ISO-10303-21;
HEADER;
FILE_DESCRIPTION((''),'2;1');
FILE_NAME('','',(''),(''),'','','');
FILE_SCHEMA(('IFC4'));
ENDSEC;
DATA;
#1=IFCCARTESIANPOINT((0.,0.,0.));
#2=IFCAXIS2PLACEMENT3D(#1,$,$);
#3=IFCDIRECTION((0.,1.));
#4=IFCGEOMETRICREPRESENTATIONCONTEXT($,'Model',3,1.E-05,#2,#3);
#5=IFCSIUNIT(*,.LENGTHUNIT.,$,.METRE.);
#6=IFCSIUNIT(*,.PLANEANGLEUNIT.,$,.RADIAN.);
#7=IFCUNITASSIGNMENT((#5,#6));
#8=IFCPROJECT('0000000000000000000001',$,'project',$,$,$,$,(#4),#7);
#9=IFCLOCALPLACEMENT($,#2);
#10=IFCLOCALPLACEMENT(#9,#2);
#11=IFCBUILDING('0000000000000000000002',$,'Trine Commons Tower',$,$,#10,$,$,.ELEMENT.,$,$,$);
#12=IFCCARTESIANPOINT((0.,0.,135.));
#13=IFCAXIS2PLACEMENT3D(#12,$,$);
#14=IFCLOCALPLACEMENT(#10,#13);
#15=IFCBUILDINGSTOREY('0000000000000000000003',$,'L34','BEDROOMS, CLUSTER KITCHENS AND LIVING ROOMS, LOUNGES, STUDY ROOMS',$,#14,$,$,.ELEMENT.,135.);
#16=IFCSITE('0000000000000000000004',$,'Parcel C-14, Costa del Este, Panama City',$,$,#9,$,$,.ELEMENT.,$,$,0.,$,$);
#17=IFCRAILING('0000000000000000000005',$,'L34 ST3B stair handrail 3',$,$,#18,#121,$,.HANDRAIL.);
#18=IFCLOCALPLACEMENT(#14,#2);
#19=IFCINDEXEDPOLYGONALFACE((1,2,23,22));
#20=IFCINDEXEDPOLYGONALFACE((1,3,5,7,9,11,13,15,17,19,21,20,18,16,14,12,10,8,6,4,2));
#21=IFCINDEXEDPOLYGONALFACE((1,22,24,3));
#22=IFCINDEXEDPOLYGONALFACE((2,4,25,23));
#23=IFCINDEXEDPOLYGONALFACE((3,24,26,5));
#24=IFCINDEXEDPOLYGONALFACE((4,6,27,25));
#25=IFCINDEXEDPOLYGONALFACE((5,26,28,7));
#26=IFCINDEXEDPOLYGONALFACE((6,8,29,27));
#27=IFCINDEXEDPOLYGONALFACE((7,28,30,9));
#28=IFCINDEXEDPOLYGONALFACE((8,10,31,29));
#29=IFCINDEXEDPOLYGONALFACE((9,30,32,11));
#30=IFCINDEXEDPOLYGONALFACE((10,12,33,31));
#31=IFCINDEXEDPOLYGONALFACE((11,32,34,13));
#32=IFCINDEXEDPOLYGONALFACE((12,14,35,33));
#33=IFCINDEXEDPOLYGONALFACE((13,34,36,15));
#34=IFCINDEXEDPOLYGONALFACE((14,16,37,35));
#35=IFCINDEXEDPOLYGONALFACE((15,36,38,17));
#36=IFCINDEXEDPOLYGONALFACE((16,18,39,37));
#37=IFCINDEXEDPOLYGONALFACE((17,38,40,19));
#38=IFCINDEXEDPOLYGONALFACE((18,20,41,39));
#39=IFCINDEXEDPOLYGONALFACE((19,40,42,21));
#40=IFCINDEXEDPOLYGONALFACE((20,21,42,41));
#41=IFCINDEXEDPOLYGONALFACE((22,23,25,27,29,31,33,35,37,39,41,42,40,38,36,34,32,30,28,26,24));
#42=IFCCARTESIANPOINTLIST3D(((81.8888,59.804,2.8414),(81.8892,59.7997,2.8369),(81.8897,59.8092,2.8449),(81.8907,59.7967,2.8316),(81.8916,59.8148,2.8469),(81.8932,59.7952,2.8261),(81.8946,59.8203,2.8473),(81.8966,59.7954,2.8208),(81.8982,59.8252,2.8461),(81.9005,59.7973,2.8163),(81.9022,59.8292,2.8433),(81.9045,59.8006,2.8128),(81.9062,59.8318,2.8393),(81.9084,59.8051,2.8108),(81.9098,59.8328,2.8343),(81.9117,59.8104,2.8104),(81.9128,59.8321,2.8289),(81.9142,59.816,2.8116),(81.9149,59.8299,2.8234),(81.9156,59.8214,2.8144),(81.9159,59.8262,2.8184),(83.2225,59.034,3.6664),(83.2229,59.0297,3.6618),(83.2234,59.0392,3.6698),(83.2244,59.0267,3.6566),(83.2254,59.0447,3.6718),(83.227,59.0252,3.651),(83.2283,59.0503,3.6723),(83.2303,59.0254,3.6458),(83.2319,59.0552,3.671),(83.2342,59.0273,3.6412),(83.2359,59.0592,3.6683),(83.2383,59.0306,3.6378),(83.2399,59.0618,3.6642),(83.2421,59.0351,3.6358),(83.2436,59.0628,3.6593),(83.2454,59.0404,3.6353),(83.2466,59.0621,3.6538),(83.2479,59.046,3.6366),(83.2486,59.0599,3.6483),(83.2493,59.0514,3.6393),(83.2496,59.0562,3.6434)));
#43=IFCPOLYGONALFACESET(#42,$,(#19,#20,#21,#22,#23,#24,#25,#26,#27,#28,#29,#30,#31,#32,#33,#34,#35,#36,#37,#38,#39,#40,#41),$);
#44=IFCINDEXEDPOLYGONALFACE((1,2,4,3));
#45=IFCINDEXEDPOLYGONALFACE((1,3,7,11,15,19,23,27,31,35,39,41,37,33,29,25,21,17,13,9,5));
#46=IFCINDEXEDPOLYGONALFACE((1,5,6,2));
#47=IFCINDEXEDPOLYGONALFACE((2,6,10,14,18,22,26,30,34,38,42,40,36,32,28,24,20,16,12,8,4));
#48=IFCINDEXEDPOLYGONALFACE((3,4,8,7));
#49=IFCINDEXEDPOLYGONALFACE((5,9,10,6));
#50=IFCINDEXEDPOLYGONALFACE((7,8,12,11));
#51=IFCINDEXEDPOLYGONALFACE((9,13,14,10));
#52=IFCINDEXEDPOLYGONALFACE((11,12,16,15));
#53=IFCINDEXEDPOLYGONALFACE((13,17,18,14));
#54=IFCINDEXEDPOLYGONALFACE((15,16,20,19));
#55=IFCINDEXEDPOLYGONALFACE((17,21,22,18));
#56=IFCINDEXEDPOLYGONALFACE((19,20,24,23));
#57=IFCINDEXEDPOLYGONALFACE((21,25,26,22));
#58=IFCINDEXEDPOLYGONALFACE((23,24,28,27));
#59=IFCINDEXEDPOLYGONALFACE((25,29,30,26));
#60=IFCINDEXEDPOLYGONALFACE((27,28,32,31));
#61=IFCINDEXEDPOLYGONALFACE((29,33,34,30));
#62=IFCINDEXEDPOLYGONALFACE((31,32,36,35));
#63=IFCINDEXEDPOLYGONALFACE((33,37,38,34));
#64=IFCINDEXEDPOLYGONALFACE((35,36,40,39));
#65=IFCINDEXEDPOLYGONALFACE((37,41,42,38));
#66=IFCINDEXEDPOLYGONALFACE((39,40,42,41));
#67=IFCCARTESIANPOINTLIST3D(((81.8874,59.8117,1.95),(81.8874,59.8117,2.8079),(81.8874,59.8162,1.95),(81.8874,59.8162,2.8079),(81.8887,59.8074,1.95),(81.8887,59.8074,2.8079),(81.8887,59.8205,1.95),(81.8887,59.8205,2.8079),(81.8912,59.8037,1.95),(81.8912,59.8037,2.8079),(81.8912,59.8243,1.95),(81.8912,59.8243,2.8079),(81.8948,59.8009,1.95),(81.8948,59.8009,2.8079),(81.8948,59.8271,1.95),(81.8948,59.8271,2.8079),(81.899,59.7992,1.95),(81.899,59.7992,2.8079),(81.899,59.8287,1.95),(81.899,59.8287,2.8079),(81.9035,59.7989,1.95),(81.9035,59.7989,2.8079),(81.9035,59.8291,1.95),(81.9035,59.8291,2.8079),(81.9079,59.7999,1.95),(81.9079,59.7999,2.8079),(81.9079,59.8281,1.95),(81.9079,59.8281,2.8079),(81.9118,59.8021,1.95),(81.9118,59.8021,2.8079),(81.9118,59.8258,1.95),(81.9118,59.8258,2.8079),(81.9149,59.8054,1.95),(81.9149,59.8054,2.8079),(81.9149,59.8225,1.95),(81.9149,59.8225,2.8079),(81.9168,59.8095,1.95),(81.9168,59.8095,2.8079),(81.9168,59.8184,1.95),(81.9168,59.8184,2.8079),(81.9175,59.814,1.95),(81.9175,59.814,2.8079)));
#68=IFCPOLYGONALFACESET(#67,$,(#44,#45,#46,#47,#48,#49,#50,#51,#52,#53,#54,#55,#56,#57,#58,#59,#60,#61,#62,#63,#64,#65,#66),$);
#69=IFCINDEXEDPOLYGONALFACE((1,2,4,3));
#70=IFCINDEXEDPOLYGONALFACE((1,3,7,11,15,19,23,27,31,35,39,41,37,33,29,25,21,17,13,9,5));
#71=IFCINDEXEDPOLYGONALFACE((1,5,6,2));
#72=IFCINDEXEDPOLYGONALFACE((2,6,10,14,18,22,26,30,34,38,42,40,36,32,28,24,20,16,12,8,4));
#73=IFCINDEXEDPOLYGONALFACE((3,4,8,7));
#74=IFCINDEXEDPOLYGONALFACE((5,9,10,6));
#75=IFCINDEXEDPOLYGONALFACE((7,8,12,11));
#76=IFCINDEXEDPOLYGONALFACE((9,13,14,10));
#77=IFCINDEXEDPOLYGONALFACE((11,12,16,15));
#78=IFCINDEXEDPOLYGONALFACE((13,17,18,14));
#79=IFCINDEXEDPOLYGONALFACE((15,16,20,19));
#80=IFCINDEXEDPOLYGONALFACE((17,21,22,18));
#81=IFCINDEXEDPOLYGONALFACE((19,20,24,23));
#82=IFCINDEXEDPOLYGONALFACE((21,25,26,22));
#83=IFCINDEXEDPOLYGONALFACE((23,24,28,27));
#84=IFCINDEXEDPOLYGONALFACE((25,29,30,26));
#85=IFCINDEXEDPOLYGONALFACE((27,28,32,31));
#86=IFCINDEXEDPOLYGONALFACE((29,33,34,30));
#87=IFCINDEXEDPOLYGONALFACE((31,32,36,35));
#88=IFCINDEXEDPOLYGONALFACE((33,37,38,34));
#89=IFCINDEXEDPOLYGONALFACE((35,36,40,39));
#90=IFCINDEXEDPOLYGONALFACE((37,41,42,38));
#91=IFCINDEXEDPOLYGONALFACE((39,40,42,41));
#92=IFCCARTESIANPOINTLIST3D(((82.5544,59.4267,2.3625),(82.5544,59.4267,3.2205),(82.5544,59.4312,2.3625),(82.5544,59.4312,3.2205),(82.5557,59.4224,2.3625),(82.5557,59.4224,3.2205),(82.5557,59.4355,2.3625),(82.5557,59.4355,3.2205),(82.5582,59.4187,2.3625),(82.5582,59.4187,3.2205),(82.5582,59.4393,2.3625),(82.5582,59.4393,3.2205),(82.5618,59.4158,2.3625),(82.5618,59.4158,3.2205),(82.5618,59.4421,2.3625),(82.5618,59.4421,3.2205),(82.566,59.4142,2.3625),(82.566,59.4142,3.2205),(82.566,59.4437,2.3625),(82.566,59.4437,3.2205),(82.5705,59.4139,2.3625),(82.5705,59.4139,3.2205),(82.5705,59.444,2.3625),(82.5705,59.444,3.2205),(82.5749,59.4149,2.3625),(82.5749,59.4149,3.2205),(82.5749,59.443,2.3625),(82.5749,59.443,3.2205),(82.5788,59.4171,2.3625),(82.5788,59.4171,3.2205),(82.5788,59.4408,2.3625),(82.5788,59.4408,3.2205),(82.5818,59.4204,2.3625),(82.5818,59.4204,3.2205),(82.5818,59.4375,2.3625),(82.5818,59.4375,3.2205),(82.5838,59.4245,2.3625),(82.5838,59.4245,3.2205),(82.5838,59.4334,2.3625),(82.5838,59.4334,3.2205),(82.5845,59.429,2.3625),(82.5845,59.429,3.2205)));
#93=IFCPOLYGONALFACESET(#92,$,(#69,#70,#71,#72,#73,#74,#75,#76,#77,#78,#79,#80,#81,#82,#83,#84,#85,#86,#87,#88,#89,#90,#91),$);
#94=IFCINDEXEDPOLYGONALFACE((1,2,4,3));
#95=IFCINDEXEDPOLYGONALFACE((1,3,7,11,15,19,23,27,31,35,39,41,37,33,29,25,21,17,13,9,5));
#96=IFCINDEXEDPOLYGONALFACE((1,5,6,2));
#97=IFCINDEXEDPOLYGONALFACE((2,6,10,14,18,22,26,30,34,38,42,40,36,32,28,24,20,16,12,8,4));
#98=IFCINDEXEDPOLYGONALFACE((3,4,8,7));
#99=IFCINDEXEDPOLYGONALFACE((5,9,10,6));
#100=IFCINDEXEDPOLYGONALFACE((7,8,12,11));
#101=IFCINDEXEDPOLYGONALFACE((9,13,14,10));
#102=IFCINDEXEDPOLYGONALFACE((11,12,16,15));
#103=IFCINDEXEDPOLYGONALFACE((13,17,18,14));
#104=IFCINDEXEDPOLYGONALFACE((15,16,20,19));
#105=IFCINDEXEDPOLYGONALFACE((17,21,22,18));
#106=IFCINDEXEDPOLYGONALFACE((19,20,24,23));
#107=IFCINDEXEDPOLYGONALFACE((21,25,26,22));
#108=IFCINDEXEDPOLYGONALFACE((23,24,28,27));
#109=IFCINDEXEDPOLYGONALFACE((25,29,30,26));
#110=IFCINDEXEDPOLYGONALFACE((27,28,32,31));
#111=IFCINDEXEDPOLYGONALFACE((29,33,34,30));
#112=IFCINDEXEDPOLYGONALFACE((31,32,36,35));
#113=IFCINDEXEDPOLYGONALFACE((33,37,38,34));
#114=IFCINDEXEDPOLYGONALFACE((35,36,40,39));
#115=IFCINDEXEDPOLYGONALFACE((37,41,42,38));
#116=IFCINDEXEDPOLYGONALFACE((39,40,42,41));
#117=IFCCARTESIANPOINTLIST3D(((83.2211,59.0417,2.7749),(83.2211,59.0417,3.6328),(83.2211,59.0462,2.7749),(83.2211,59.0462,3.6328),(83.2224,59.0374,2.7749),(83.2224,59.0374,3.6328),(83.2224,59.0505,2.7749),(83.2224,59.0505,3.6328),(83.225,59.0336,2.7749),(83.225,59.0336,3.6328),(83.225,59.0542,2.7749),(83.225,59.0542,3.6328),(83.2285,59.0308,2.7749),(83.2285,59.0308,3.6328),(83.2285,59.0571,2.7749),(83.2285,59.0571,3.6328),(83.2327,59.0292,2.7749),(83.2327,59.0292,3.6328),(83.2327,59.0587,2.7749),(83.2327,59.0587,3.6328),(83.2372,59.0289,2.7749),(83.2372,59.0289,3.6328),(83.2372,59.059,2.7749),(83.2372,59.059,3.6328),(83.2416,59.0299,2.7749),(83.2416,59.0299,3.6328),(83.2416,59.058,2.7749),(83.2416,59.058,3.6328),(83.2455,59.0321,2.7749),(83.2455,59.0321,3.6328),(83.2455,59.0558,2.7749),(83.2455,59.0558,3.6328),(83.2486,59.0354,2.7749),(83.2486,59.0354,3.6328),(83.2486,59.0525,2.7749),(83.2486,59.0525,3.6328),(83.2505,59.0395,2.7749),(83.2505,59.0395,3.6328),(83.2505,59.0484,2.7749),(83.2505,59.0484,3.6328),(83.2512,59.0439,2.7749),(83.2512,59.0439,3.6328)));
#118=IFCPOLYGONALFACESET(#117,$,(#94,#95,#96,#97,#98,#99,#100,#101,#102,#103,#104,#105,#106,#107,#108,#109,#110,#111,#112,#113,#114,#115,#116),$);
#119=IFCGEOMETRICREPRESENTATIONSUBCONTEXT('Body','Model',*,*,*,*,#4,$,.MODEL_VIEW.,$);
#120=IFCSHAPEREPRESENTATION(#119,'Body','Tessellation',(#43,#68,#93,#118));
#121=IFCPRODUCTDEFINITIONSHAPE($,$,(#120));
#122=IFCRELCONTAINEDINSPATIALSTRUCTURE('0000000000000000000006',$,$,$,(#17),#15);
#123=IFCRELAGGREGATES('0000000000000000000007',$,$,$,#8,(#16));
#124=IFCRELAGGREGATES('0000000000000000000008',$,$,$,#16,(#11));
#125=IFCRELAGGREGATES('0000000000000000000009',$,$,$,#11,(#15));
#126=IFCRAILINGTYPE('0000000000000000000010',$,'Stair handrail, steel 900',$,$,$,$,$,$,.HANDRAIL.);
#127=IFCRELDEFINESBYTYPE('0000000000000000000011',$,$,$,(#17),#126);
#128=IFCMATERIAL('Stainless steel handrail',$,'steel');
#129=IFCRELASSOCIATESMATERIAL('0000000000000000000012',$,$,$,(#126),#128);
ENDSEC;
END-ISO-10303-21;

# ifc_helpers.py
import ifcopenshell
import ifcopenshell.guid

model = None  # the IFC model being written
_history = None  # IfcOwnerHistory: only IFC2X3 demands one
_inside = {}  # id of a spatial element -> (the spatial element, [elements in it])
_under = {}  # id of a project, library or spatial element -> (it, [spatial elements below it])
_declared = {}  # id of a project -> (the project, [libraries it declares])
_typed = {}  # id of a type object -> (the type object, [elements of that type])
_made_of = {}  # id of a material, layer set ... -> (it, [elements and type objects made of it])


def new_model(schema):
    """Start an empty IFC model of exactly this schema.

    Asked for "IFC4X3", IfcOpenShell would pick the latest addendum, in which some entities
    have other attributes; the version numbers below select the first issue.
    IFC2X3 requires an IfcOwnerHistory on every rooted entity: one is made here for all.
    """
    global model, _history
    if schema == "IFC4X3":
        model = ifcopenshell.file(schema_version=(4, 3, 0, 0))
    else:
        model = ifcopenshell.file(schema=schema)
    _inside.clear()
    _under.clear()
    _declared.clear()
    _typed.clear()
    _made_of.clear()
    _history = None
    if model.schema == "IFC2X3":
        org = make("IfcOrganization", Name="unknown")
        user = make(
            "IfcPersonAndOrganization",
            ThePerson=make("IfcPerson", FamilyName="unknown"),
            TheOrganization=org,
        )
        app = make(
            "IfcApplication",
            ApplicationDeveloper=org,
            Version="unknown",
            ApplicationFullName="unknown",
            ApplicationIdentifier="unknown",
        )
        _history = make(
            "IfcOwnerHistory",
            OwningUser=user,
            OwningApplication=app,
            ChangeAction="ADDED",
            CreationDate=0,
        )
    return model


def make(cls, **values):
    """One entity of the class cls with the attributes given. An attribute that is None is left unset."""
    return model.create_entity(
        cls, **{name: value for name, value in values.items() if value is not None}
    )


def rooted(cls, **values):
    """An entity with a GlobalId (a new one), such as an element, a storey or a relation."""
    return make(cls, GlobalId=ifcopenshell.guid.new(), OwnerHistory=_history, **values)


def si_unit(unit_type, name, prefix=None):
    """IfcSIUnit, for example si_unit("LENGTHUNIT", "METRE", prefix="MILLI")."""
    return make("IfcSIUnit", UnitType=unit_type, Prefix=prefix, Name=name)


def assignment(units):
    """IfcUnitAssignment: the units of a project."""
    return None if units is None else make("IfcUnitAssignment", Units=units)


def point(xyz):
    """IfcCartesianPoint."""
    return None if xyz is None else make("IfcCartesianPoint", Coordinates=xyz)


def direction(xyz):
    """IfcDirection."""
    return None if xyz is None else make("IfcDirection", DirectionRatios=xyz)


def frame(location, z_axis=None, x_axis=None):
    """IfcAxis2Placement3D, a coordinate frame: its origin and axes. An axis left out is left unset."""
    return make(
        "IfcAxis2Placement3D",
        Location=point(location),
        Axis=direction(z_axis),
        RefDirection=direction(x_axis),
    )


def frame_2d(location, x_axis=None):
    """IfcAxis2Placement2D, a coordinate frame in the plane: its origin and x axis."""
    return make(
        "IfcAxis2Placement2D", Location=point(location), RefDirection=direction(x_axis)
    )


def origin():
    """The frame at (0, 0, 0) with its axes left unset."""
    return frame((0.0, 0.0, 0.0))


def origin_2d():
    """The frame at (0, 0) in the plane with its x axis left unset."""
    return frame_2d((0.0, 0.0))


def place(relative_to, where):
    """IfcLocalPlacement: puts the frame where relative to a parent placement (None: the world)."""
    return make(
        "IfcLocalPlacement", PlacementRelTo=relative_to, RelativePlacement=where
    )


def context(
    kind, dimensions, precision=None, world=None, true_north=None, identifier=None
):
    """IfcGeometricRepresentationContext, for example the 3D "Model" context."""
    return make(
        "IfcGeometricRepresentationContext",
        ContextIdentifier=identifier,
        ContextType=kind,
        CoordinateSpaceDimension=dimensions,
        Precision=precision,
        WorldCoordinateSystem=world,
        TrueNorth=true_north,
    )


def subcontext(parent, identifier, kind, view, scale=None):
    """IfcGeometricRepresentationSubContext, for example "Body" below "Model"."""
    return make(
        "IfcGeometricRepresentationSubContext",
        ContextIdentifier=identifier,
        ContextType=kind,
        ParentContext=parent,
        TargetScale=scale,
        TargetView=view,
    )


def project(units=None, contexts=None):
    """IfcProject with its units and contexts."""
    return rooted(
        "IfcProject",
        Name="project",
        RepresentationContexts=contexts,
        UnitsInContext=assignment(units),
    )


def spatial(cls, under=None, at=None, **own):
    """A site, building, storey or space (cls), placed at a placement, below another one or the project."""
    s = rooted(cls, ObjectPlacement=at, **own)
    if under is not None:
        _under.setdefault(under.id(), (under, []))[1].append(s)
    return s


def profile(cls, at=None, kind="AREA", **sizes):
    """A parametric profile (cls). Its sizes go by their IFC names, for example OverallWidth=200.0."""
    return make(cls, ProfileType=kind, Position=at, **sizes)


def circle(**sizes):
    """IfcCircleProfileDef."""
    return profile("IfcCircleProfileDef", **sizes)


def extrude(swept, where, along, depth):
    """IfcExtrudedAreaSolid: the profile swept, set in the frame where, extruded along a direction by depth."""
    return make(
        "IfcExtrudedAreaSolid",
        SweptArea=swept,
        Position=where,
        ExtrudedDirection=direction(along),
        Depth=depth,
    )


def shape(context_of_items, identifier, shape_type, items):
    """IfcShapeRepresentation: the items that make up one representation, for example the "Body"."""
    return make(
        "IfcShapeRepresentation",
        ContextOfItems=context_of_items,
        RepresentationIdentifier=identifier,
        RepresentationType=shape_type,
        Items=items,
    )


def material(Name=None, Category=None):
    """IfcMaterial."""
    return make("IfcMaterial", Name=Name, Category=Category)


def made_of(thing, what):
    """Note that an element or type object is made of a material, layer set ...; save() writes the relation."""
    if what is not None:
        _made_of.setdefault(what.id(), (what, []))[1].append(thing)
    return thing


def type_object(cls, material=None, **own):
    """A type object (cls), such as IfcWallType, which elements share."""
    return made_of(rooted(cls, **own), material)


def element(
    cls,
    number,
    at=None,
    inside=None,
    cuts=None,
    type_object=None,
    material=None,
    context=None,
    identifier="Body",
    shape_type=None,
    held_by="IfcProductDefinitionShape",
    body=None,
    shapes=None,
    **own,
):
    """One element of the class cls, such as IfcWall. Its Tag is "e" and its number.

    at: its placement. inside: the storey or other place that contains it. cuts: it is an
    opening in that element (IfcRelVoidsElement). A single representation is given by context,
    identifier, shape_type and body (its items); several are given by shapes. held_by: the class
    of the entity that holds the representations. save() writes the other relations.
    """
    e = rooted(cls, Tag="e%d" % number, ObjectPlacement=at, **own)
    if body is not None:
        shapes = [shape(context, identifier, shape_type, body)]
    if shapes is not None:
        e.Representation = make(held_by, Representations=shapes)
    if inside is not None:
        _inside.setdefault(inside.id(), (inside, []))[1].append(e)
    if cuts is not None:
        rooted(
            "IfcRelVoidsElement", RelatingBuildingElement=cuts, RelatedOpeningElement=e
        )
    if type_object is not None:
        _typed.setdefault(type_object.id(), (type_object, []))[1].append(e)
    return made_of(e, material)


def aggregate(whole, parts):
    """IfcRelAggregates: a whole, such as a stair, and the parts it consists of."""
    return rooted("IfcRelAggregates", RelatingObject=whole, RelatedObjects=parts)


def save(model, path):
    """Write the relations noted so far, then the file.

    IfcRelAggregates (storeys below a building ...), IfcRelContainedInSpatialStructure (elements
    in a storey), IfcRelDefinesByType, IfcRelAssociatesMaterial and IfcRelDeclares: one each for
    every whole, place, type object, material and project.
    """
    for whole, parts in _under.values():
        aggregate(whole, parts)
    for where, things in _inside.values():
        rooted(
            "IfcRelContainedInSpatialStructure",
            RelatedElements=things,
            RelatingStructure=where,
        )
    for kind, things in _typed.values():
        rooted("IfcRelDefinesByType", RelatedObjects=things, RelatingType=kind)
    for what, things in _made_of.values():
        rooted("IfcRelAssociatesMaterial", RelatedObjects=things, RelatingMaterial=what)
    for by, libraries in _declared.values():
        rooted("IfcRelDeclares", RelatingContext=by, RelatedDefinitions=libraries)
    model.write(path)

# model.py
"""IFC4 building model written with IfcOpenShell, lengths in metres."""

from ifc_helpers import new_model, si_unit, direction, frame, origin, origin_2d, place, context, subcontext, project, spatial, circle, extrude, material, type_object, element, save


model = new_model("IFC4")

# Units and contexts
model_context = context("Model", 3, precision=1e-05, world=origin(), true_north=direction((0.0, 1.0)))
body_context = subcontext(model_context, "Body", "Model", "MODEL_VIEW")
ifc_project = project(units=[si_unit("LENGTHUNIT", "METRE"), si_unit("PLANEANGLEUNIT", "RADIAN")], contexts=[model_context])

# Site, building, storey
site_placement = place(None, origin())
site = spatial("IfcSite", under=ifc_project, at=site_placement, Name="Parcel C-14, Costa del Este, Panama City", CompositionType="ELEMENT", RefElevation=0.0)
building_placement = place(site_placement, origin())
building = spatial("IfcBuilding", under=site, at=building_placement, Name="Trine Commons Tower", CompositionType="ELEMENT")
storey_placement = place(building_placement, frame((0.0, 0.0, 135.0)))
storey = spatial("IfcBuildingStorey", under=building, at=storey_placement, Name="L34", Description="BEDROOMS, CLUSTER KITCHENS AND LIVING ROOMS, LOUNGES, STUDY ROOMS", CompositionType="ELEMENT", Elevation=135.0)

# Railing
ifc_material_1 = material(Name="Stainless steel handrail", Category="steel")
railing_type_1 = type_object("IfcRailingType", Name="Stair handrail, steel 900", PredefinedType="HANDRAIL", material=ifc_material_1)
railing_1_placement = place(storey_placement, frame((81.9023, 59.814, 1.95)))
element("IfcRailing", 1, at=railing_1_placement, inside=storey, type_object=railing_type_1, Name="L34 ST3B stair handrail 3", PredefinedType="HANDRAIL", context=body_context, shape_type="SweptSolid", body=[
    extrude(circle(Radius=0.021, at=origin_2d()), frame((0.0, 0.0, 0.8789), z_axis=(0.763405, -0.440743, 0.472185), x_axis=(0.499992, 0.86603, 0.0)), (0.0, 0.0, 1.0), 1.7471),
    extrude(circle(Radius=0.0151, at=origin_2d()), origin(), (0.0, 0.0, 1.0), 0.8579),
    extrude(circle(Radius=0.0151, at=origin_2d()), frame((0.667, -0.385, 0.4126)), (0.0, 0.0, 1.0), 0.8579),
    extrude(circle(Radius=0.0151, at=origin_2d()), frame((1.3337, -0.77, 0.825)), (0.0, 0.0, 1.0), 0.8579),
])

save(model, "model.ifc")
